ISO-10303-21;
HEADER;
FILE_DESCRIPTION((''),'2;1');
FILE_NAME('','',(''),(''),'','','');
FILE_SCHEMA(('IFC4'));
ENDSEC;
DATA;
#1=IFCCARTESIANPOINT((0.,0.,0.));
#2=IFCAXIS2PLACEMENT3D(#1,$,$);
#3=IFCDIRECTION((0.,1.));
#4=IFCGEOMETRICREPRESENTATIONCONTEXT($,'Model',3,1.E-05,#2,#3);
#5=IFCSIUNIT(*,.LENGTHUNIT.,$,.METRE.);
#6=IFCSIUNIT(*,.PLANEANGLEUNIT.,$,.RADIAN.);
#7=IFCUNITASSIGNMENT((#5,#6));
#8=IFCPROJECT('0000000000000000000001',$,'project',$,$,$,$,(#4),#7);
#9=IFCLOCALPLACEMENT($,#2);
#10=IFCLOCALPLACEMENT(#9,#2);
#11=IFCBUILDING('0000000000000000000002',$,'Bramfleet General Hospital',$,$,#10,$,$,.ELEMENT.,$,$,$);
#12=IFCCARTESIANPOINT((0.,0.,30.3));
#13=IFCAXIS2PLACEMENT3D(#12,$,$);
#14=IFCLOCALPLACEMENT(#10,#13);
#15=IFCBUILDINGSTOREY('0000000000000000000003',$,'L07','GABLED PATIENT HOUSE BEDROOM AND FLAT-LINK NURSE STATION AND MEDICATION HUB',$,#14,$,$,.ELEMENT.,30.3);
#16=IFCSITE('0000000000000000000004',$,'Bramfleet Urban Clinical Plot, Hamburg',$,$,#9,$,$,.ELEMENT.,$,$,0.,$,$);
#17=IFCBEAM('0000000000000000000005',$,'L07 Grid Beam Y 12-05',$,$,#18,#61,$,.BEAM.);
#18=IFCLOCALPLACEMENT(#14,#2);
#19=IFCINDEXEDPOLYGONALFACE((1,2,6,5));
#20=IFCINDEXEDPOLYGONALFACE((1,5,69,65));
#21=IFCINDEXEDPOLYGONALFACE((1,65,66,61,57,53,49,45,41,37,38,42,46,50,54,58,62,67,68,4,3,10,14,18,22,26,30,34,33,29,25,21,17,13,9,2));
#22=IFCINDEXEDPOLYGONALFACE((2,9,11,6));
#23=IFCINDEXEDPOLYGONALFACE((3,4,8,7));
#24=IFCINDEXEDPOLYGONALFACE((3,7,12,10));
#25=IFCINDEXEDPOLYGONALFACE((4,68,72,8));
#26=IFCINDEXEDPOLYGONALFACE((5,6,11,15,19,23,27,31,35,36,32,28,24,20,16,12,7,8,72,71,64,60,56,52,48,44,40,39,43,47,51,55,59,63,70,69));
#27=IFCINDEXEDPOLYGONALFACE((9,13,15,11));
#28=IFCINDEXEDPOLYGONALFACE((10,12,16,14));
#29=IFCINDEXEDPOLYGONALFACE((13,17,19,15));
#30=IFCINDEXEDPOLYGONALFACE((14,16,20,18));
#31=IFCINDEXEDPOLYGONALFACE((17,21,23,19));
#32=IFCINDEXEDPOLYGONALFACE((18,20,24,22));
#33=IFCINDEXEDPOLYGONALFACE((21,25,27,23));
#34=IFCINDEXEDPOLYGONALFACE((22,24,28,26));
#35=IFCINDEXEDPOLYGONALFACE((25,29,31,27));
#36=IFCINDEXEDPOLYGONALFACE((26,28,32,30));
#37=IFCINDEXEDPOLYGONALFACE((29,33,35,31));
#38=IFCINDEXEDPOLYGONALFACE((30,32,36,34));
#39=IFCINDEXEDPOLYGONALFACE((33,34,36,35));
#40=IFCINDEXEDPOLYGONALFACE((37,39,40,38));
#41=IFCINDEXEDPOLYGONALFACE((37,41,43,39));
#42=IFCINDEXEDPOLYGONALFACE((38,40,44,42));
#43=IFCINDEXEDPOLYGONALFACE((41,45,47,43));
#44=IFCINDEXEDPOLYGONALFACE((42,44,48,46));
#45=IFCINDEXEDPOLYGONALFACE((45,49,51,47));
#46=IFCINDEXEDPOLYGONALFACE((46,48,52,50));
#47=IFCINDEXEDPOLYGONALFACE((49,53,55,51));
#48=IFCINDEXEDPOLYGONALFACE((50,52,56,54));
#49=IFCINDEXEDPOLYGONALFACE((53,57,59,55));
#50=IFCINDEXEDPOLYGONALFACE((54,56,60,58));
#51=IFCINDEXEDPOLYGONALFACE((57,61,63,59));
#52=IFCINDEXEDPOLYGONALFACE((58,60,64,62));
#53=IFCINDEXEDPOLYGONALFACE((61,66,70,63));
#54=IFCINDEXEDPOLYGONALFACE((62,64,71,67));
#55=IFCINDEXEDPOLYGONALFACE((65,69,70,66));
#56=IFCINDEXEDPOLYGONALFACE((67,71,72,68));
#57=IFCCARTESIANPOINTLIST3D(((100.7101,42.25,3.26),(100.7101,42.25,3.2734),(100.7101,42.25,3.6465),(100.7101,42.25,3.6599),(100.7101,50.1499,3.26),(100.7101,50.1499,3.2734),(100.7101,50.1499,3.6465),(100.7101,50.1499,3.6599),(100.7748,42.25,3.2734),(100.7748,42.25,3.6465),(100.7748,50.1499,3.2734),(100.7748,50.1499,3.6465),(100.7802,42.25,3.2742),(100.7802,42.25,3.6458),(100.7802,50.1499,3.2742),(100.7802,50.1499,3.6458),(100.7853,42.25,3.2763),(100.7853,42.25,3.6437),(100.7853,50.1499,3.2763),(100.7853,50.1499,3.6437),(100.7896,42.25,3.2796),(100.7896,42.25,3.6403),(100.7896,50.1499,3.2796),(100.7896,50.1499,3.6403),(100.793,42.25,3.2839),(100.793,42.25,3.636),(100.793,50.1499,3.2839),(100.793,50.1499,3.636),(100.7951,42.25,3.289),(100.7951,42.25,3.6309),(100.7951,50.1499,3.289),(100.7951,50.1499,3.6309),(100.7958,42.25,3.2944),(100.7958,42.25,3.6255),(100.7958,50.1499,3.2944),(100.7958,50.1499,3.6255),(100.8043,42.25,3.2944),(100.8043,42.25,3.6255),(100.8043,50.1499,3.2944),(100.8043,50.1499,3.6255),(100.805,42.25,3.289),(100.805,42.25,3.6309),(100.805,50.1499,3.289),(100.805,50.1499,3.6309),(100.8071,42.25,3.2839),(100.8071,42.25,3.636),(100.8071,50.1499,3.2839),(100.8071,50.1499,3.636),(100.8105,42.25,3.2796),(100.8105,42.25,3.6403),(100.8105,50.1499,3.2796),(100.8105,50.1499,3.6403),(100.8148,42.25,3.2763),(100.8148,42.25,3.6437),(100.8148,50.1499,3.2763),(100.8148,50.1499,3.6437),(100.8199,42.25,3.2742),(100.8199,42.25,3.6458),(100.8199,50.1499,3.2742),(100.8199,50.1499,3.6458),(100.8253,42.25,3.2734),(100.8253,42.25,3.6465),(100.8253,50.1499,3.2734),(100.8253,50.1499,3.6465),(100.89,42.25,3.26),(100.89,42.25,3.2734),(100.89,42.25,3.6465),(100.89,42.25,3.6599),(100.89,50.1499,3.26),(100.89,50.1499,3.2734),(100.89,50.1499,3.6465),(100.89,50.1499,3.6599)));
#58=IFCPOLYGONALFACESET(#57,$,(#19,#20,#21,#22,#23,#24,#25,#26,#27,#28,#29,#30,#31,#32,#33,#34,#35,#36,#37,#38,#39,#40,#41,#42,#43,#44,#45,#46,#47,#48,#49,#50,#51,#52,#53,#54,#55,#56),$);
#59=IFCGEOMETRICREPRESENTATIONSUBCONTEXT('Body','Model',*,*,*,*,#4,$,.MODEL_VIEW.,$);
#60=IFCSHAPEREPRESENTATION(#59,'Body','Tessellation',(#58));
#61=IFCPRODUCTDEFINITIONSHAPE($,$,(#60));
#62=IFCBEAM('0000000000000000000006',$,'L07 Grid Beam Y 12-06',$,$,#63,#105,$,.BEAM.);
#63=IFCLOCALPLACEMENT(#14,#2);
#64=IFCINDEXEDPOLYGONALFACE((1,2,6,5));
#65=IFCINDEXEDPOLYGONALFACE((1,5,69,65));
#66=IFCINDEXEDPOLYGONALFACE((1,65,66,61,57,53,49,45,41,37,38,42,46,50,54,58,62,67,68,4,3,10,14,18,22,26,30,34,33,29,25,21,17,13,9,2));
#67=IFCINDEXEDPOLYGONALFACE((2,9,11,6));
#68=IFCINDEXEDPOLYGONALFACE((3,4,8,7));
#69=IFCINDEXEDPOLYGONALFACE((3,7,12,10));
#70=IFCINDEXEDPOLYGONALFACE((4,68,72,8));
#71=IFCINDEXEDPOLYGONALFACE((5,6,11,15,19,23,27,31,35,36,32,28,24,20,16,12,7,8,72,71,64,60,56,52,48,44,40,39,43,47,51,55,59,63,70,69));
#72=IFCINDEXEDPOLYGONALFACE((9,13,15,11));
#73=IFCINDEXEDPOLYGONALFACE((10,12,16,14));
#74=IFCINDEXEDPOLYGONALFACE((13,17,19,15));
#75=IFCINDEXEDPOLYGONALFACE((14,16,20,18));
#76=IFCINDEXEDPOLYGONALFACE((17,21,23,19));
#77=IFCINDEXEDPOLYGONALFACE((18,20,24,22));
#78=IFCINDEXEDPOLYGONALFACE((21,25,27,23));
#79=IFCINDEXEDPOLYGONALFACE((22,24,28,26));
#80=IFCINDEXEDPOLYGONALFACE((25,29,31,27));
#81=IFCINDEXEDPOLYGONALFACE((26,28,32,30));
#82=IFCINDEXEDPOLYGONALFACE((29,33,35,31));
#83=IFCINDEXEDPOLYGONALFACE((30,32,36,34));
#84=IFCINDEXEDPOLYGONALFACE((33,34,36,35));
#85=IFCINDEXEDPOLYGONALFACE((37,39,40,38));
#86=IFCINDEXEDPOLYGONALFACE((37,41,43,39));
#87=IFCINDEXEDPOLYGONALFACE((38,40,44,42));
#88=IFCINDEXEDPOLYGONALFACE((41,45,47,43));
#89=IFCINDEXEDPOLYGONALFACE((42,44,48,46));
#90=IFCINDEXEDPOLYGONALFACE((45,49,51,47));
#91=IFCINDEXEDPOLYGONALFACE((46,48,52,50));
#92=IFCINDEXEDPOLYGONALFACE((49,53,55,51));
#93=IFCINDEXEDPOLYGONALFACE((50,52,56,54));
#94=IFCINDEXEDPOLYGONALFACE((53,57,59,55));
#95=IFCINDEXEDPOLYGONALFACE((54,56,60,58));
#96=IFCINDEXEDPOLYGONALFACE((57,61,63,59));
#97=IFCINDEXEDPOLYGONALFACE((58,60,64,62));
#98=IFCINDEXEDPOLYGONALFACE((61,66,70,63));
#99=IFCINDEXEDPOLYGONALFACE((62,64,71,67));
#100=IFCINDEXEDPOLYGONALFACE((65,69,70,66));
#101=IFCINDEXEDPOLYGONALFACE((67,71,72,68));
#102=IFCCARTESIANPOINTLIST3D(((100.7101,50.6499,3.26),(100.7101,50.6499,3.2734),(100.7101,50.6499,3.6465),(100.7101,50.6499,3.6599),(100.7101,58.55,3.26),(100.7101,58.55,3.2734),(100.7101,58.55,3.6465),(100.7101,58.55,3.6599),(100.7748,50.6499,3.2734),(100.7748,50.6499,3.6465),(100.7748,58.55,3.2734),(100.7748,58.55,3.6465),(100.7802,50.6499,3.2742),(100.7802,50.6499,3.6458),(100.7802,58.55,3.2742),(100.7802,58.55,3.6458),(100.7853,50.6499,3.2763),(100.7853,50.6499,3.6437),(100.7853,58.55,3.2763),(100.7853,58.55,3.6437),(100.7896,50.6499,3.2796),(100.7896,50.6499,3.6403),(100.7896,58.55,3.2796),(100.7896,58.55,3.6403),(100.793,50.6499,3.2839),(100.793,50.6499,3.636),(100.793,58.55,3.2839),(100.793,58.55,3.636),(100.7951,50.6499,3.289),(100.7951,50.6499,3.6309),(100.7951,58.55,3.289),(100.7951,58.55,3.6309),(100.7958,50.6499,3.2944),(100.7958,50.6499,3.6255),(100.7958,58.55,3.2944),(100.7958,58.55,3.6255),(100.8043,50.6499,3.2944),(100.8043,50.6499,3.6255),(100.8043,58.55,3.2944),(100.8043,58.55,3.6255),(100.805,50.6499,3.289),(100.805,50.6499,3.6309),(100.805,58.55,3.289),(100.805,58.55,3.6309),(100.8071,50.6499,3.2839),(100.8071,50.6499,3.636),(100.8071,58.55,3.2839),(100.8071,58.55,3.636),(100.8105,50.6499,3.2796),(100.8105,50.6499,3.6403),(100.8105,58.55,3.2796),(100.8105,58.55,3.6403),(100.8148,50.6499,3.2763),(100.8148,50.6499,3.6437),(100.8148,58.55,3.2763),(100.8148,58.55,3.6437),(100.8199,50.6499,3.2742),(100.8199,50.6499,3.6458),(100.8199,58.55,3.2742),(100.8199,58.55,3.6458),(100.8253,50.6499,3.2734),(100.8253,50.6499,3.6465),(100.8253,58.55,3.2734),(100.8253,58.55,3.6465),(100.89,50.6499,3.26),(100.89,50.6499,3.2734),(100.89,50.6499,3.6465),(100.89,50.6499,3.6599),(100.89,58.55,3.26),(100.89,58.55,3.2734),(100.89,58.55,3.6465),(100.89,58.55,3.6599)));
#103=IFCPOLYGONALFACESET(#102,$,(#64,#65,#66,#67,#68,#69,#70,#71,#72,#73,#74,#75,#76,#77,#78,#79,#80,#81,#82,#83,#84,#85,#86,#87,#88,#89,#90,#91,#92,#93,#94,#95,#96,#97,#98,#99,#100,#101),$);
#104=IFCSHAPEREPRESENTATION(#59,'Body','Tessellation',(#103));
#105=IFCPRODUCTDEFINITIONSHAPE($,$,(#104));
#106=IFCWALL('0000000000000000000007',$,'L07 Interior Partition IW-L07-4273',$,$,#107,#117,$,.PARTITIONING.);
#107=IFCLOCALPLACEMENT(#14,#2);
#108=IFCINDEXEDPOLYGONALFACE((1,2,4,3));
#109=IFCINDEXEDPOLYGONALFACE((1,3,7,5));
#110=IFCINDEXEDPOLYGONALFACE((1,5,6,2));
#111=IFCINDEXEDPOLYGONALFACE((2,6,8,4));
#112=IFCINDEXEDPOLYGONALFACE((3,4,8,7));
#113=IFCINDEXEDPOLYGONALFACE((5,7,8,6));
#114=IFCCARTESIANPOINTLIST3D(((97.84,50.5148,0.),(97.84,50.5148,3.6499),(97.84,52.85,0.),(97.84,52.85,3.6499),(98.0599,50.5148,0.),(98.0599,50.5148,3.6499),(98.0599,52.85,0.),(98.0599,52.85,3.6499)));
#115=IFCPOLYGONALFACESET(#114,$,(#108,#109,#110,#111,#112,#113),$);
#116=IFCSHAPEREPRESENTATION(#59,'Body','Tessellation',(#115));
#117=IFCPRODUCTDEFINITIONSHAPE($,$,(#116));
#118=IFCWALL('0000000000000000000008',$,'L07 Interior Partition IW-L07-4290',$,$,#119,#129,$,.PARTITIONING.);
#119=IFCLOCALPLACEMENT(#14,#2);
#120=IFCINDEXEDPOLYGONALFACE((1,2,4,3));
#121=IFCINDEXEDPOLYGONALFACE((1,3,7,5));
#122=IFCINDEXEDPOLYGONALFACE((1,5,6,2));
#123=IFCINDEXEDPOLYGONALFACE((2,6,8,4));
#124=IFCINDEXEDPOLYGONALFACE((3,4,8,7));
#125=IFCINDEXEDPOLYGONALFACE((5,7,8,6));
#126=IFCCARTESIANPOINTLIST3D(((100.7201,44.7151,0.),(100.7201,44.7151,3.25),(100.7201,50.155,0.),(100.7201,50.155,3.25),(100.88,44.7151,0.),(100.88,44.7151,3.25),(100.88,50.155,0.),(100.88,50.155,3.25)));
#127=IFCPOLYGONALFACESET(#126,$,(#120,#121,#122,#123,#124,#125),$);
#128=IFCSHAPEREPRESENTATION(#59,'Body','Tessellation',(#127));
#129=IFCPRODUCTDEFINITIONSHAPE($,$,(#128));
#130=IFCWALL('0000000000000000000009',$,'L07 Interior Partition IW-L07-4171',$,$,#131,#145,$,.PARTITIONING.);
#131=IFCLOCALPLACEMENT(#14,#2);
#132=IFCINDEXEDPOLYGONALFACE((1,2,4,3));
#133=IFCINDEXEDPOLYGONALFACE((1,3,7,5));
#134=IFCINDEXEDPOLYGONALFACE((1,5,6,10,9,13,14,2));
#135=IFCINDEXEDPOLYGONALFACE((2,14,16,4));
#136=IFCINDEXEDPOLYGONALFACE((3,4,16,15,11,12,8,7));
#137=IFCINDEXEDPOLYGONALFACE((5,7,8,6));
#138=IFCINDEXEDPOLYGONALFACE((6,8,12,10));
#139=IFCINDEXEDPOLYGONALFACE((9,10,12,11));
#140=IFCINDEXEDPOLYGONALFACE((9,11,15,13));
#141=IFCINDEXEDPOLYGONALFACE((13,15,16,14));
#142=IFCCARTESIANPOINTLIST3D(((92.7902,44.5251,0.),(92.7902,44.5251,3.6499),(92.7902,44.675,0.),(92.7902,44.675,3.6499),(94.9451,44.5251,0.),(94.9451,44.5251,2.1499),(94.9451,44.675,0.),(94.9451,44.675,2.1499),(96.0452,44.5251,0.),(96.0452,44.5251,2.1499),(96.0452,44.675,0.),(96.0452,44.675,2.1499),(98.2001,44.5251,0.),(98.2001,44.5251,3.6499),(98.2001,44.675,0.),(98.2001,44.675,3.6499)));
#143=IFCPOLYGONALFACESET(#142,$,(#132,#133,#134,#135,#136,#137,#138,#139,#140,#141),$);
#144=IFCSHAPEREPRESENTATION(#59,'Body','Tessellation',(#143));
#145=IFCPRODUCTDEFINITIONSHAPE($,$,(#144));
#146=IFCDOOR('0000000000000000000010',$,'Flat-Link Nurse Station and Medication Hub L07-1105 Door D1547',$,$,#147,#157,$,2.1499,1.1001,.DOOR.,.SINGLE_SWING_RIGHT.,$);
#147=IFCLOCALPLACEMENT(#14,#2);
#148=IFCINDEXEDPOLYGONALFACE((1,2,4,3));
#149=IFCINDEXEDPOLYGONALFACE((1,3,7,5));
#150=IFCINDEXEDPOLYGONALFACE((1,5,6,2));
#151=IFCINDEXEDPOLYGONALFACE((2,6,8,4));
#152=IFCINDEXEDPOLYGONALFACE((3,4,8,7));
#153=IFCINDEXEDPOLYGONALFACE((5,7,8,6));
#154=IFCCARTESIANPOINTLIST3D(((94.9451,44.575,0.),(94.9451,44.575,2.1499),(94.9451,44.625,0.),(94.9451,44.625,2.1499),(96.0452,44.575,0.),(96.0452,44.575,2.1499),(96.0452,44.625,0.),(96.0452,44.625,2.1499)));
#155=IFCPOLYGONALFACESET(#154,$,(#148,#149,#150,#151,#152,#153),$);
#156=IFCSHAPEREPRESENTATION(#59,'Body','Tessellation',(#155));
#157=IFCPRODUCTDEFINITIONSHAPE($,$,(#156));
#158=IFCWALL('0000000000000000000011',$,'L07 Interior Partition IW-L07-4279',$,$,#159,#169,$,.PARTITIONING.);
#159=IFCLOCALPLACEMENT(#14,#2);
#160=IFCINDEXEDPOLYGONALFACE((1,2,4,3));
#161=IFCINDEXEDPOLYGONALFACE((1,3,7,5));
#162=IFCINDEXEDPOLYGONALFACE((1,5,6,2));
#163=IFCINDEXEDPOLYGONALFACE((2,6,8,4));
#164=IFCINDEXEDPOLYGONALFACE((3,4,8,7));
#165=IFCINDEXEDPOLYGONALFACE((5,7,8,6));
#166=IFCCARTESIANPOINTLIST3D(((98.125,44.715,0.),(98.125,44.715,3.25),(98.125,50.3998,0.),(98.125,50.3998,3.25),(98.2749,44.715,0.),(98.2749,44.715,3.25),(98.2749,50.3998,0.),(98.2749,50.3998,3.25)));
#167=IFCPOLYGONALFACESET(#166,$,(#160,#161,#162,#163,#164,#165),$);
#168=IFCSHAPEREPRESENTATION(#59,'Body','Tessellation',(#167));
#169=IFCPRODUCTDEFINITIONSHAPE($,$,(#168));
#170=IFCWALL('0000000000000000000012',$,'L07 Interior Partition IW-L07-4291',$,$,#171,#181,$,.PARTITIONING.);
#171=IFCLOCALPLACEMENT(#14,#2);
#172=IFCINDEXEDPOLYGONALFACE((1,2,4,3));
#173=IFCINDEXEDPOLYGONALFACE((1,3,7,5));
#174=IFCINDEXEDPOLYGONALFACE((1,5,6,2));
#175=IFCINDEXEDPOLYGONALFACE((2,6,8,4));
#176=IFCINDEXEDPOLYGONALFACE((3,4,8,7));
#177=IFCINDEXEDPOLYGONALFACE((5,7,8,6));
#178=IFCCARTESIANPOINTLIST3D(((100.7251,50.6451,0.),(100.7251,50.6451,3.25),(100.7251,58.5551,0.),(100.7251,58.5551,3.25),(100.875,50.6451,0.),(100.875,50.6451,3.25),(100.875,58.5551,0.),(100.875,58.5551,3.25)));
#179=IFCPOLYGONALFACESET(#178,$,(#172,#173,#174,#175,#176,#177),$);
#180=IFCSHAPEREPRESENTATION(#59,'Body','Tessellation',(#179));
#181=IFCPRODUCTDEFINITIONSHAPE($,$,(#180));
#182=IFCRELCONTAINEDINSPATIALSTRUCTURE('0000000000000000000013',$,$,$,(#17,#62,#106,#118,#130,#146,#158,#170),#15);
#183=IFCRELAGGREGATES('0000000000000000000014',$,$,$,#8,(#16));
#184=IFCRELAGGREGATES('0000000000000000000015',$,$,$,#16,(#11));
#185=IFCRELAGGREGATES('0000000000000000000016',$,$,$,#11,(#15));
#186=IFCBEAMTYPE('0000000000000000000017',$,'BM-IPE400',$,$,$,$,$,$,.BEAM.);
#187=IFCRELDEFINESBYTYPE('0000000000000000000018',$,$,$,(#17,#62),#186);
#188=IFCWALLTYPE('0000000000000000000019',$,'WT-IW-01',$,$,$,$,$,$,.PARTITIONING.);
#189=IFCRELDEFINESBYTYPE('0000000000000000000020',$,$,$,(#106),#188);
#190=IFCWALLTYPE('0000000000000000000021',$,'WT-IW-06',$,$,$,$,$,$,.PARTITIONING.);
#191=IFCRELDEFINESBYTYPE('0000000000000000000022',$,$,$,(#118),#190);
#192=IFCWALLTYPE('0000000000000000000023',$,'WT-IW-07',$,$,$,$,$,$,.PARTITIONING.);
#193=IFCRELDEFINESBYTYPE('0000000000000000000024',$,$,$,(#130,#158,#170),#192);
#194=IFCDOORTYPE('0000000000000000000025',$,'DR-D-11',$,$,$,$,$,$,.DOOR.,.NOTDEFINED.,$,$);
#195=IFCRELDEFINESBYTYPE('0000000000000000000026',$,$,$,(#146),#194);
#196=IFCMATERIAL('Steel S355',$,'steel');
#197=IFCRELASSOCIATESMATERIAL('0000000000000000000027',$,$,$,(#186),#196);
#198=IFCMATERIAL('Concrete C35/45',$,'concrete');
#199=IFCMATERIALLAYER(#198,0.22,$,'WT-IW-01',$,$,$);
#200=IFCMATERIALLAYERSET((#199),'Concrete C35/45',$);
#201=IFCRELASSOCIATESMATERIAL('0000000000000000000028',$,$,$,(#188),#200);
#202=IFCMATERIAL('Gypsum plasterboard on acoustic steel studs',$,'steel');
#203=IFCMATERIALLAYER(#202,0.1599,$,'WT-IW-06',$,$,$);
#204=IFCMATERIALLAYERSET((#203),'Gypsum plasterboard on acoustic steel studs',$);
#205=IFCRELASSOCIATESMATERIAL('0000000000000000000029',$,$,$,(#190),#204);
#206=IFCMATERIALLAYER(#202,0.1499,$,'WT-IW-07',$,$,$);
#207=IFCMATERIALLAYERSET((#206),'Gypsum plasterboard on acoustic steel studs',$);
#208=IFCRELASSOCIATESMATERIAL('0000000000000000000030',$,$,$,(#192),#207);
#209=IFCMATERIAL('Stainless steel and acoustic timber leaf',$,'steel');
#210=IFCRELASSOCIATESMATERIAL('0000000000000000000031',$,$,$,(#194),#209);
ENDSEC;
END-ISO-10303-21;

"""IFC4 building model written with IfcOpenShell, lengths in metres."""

from ifc_helpers import new_model, si_unit, direction, frame, frame_2d, origin, origin_2d, place, context, subcontext, project, spatial, rectangle, i_section, extrude, material, layer, layer_set, material_profile, profile_set, type_object, element, fill, save


model = new_model("IFC4")

# Units and contexts
model_context = context("Model", 3, precision=1e-05, world=origin(), true_north=direction((0.0, 1.0)))
body_context = subcontext(model_context, "Body", "Model", "MODEL_VIEW")
ifc_project = project(units=[si_unit("LENGTHUNIT", "METRE"), si_unit("PLANEANGLEUNIT", "RADIAN")], contexts=[model_context])

# Site, building, storey
site_placement = place(None, origin())
site = spatial("IfcSite", under=ifc_project, at=site_placement, Name="Bramfleet Urban Clinical Plot, Hamburg", CompositionType="ELEMENT", RefElevation=0.0)
building_placement = place(site_placement, origin())
building = spatial("IfcBuilding", under=site, at=building_placement, Name="Bramfleet General Hospital", CompositionType="ELEMENT")
storey_placement = place(building_placement, frame((0.0, 0.0, 30.3)))
storey = spatial("IfcBuildingStorey", under=building, at=storey_placement, Name="L07", Description="GABLED PATIENT HOUSE BEDROOM AND FLAT-LINK NURSE STATION AND MEDICATION HUB", CompositionType="ELEMENT", Elevation=30.3)

# Beams
ifc_material_1 = material(Name="Steel S355", Category="steel")
ifc_material_profile_1 = material_profile(ifc_material_1, i_section(OverallWidth=0.1799, OverallDepth=0.3999, WebThickness=0.0085, FlangeThickness=0.0134, FilletRadius=0.021, at=origin_2d()), Name="IPE 400")
ifc_profile_set_1 = profile_set([ifc_material_profile_1], Name="Steel S355")
beam_type_1 = type_object("IfcBeamType", Name="BM-IPE400", PredefinedType="BEAM", material=ifc_profile_set_1)
for number, where, z_axis, x_axis, name in (
    (1, (100.8, 42.25, 3.46), (0.0, 1.0, 0.0), (-1.0, 0.0, 0.0), "L07 Grid Beam Y 12-05"),
):
    element("IfcBeam", number, at=place(storey_placement, frame(where, z_axis=z_axis, x_axis=x_axis)), inside=storey, type_object=beam_type_1, Name=name, PredefinedType="BEAM", context=body_context, shape_type="SweptSolid", body=[
        extrude(i_section(OverallWidth=0.1799, OverallDepth=0.3999, WebThickness=0.0085, FlangeThickness=0.0134, FilletRadius=0.021, at=origin_2d()), origin(), (0.0, 0.0, 1.0), 7.8999),
    ])
beam_placement = place(storey_placement, frame((100.8, 50.6499, 3.46), z_axis=(0.0, 1.0, 0.0), x_axis=(-1.0, 0.0, 0.0)))
element("IfcBeam", 2, at=beam_placement, inside=storey, type_object=beam_type_1, Name="L07 Grid Beam Y 12-06", PredefinedType="BEAM", context=body_context, shape_type="SweptSolid", body=[
    extrude(i_section(OverallWidth=0.1799, OverallDepth=0.3999, WebThickness=0.0085, FlangeThickness=0.0134, FilletRadius=0.021, at=origin_2d()), origin(), (0.0, 0.0, 1.0), 7.9001),
])

# Wall
ifc_material_2 = material(Name="Concrete C35/45", Category="concrete")
ifc_layer_1 = layer(ifc_material_2, 0.22, Name="WT-IW-01")
ifc_layer_set_1 = layer_set([ifc_layer_1], Name="Concrete C35/45")
wall_type_1 = type_object("IfcWallType", Name="WT-IW-01", PredefinedType="PARTITIONING", material=ifc_layer_set_1)
wall_1_placement = place(storey_placement, frame((97.95, 50.5149, 0.0), z_axis=(0.0, 0.0, 1.0), x_axis=(0.0, 1.0, 0.0)))
element("IfcWall", 3, at=wall_1_placement, inside=storey, type_object=wall_type_1, Name="L07 Interior Partition IW-L07-4273", PredefinedType="PARTITIONING", context=body_context, shape_type="SweptSolid", body=[
    extrude(rectangle(XDim=2.3352, YDim=0.22, at=frame_2d((1.1675, 0.0))), origin(), (0.0, 0.0, 1.0), 3.6499),
])

# Shared definitions
ifc_material_3 = material(Name="Stainless steel and acoustic timber leaf", Category="steel")

# Wall
ifc_material_4 = material(Name="Gypsum plasterboard on acoustic steel studs", Category="steel")
ifc_layer_2 = layer(ifc_material_4, 0.1599, Name="WT-IW-06")
ifc_layer_set_2 = layer_set([ifc_layer_2], Name="Gypsum plasterboard on acoustic steel studs")
wall_type_2 = type_object("IfcWallType", Name="WT-IW-06", PredefinedType="PARTITIONING", material=ifc_layer_set_2)
wall_2_placement = place(storey_placement, frame((100.8, 44.7151, 0.0), z_axis=(0.0, 0.0, 1.0), x_axis=(0.0, 1.0, 0.0)))
element("IfcWall", 4, at=wall_2_placement, inside=storey, type_object=wall_type_2, Name="L07 Interior Partition IW-L07-4290", PredefinedType="PARTITIONING", context=body_context, shape_type="SweptSolid", body=[
    extrude(rectangle(XDim=5.4399, YDim=0.1599, at=frame_2d((2.72, 0.0))), origin(), (0.0, 0.0, 1.0), 3.25),
])

# Wall, opening, door
ifc_layer_3 = layer(ifc_material_4, 0.1499, Name="WT-IW-07")
ifc_layer_set_3 = layer_set([ifc_layer_3], Name="Gypsum plasterboard on acoustic steel studs")
wall_type_3 = type_object("IfcWallType", Name="WT-IW-07", PredefinedType="PARTITIONING", material=ifc_layer_set_3)
wall_3_placement = place(storey_placement, frame((92.79, 44.6001, 0.0), z_axis=(0.0, 0.0, 1.0), x_axis=(1.0, 0.0, 0.0)))
wall_3 = element("IfcWall", 5, at=wall_3_placement, inside=storey, type_object=wall_type_3, Name="L07 Interior Partition IW-L07-4171", PredefinedType="PARTITIONING", context=body_context, shape_type="SweptSolid", body=[
    extrude(rectangle(XDim=5.4099, YDim=0.1499, at=frame_2d((2.7051, 0.0))), origin(), (0.0, 0.0, 1.0), 3.6499),
])
opening_1_placement = place(wall_3_placement, frame((2.155, 0.0, 0.0)))
opening_1 = element("IfcOpeningElement", 6, at=opening_1_placement, cuts=wall_3, PredefinedType="OPENING", context=body_context, shape_type="SweptSolid", body=[
    extrude(rectangle(XDim=1.1001, YDim=2.1499, at=frame_2d((0.55, 1.075))), frame((0.0, 0.085, 0.0), z_axis=(0.0, -1.0, 0.0), x_axis=(1.0, 0.0, 0.0)), (0.0, 0.0, 1.0), 0.1699),
])
door_type_1 = type_object("IfcDoorType", Name="DR-D-11", OperationType="NOTDEFINED", PredefinedType="DOOR", material=ifc_material_3)
door_1_placement = place(opening_1_placement, origin())
door_1 = element("IfcDoor", 7, at=door_1_placement, inside=storey, type_object=door_type_1, Name="Flat-Link Nurse Station and Medication Hub L07-1105 Door D1547", OperationType="SINGLE_SWING_RIGHT", OverallHeight=2.1499, OverallWidth=1.1001, PredefinedType="DOOR", context=body_context, shape_type="SweptSolid", body=[
    extrude(rectangle(XDim=1.1001, YDim=2.1499, at=frame_2d((0.55, 1.075))), frame((0.0, 0.0249, 0.0), z_axis=(0.0, -1.0, 0.0), x_axis=(1.0, 0.0, 0.0)), (0.0, 0.0, 1.0), 0.05),
])
fill(opening_1, door_1)

# Walls
wall_4_placement = place(storey_placement, frame((98.2, 44.7151, 0.0), z_axis=(0.0, 0.0, 1.0), x_axis=(0.0, 1.0, 0.0)))
element("IfcWall", 8, at=wall_4_placement, inside=storey, type_object=wall_type_3, Name="L07 Interior Partition IW-L07-4279", PredefinedType="PARTITIONING", context=body_context, shape_type="SweptSolid", body=[
    extrude(rectangle(XDim=5.6848, YDim=0.1499, at=frame_2d((2.8423, 0.0))), origin(), (0.0, 0.0, 1.0), 3.25),
])
wall_5_placement = place(storey_placement, frame((100.8, 50.645, 0.0), z_axis=(0.0, 0.0, 1.0), x_axis=(0.0, 1.0, 0.0)))
element("IfcWall", 9, at=wall_5_placement, inside=storey, type_object=wall_type_3, Name="L07 Interior Partition IW-L07-4291", PredefinedType="PARTITIONING", context=body_context, shape_type="SweptSolid", body=[
    extrude(rectangle(XDim=7.9099, YDim=0.1499, at=frame_2d((3.9551, 0.0))), origin(), (0.0, 0.0, 1.0), 3.25),
])

save(model, "model.ifc")
